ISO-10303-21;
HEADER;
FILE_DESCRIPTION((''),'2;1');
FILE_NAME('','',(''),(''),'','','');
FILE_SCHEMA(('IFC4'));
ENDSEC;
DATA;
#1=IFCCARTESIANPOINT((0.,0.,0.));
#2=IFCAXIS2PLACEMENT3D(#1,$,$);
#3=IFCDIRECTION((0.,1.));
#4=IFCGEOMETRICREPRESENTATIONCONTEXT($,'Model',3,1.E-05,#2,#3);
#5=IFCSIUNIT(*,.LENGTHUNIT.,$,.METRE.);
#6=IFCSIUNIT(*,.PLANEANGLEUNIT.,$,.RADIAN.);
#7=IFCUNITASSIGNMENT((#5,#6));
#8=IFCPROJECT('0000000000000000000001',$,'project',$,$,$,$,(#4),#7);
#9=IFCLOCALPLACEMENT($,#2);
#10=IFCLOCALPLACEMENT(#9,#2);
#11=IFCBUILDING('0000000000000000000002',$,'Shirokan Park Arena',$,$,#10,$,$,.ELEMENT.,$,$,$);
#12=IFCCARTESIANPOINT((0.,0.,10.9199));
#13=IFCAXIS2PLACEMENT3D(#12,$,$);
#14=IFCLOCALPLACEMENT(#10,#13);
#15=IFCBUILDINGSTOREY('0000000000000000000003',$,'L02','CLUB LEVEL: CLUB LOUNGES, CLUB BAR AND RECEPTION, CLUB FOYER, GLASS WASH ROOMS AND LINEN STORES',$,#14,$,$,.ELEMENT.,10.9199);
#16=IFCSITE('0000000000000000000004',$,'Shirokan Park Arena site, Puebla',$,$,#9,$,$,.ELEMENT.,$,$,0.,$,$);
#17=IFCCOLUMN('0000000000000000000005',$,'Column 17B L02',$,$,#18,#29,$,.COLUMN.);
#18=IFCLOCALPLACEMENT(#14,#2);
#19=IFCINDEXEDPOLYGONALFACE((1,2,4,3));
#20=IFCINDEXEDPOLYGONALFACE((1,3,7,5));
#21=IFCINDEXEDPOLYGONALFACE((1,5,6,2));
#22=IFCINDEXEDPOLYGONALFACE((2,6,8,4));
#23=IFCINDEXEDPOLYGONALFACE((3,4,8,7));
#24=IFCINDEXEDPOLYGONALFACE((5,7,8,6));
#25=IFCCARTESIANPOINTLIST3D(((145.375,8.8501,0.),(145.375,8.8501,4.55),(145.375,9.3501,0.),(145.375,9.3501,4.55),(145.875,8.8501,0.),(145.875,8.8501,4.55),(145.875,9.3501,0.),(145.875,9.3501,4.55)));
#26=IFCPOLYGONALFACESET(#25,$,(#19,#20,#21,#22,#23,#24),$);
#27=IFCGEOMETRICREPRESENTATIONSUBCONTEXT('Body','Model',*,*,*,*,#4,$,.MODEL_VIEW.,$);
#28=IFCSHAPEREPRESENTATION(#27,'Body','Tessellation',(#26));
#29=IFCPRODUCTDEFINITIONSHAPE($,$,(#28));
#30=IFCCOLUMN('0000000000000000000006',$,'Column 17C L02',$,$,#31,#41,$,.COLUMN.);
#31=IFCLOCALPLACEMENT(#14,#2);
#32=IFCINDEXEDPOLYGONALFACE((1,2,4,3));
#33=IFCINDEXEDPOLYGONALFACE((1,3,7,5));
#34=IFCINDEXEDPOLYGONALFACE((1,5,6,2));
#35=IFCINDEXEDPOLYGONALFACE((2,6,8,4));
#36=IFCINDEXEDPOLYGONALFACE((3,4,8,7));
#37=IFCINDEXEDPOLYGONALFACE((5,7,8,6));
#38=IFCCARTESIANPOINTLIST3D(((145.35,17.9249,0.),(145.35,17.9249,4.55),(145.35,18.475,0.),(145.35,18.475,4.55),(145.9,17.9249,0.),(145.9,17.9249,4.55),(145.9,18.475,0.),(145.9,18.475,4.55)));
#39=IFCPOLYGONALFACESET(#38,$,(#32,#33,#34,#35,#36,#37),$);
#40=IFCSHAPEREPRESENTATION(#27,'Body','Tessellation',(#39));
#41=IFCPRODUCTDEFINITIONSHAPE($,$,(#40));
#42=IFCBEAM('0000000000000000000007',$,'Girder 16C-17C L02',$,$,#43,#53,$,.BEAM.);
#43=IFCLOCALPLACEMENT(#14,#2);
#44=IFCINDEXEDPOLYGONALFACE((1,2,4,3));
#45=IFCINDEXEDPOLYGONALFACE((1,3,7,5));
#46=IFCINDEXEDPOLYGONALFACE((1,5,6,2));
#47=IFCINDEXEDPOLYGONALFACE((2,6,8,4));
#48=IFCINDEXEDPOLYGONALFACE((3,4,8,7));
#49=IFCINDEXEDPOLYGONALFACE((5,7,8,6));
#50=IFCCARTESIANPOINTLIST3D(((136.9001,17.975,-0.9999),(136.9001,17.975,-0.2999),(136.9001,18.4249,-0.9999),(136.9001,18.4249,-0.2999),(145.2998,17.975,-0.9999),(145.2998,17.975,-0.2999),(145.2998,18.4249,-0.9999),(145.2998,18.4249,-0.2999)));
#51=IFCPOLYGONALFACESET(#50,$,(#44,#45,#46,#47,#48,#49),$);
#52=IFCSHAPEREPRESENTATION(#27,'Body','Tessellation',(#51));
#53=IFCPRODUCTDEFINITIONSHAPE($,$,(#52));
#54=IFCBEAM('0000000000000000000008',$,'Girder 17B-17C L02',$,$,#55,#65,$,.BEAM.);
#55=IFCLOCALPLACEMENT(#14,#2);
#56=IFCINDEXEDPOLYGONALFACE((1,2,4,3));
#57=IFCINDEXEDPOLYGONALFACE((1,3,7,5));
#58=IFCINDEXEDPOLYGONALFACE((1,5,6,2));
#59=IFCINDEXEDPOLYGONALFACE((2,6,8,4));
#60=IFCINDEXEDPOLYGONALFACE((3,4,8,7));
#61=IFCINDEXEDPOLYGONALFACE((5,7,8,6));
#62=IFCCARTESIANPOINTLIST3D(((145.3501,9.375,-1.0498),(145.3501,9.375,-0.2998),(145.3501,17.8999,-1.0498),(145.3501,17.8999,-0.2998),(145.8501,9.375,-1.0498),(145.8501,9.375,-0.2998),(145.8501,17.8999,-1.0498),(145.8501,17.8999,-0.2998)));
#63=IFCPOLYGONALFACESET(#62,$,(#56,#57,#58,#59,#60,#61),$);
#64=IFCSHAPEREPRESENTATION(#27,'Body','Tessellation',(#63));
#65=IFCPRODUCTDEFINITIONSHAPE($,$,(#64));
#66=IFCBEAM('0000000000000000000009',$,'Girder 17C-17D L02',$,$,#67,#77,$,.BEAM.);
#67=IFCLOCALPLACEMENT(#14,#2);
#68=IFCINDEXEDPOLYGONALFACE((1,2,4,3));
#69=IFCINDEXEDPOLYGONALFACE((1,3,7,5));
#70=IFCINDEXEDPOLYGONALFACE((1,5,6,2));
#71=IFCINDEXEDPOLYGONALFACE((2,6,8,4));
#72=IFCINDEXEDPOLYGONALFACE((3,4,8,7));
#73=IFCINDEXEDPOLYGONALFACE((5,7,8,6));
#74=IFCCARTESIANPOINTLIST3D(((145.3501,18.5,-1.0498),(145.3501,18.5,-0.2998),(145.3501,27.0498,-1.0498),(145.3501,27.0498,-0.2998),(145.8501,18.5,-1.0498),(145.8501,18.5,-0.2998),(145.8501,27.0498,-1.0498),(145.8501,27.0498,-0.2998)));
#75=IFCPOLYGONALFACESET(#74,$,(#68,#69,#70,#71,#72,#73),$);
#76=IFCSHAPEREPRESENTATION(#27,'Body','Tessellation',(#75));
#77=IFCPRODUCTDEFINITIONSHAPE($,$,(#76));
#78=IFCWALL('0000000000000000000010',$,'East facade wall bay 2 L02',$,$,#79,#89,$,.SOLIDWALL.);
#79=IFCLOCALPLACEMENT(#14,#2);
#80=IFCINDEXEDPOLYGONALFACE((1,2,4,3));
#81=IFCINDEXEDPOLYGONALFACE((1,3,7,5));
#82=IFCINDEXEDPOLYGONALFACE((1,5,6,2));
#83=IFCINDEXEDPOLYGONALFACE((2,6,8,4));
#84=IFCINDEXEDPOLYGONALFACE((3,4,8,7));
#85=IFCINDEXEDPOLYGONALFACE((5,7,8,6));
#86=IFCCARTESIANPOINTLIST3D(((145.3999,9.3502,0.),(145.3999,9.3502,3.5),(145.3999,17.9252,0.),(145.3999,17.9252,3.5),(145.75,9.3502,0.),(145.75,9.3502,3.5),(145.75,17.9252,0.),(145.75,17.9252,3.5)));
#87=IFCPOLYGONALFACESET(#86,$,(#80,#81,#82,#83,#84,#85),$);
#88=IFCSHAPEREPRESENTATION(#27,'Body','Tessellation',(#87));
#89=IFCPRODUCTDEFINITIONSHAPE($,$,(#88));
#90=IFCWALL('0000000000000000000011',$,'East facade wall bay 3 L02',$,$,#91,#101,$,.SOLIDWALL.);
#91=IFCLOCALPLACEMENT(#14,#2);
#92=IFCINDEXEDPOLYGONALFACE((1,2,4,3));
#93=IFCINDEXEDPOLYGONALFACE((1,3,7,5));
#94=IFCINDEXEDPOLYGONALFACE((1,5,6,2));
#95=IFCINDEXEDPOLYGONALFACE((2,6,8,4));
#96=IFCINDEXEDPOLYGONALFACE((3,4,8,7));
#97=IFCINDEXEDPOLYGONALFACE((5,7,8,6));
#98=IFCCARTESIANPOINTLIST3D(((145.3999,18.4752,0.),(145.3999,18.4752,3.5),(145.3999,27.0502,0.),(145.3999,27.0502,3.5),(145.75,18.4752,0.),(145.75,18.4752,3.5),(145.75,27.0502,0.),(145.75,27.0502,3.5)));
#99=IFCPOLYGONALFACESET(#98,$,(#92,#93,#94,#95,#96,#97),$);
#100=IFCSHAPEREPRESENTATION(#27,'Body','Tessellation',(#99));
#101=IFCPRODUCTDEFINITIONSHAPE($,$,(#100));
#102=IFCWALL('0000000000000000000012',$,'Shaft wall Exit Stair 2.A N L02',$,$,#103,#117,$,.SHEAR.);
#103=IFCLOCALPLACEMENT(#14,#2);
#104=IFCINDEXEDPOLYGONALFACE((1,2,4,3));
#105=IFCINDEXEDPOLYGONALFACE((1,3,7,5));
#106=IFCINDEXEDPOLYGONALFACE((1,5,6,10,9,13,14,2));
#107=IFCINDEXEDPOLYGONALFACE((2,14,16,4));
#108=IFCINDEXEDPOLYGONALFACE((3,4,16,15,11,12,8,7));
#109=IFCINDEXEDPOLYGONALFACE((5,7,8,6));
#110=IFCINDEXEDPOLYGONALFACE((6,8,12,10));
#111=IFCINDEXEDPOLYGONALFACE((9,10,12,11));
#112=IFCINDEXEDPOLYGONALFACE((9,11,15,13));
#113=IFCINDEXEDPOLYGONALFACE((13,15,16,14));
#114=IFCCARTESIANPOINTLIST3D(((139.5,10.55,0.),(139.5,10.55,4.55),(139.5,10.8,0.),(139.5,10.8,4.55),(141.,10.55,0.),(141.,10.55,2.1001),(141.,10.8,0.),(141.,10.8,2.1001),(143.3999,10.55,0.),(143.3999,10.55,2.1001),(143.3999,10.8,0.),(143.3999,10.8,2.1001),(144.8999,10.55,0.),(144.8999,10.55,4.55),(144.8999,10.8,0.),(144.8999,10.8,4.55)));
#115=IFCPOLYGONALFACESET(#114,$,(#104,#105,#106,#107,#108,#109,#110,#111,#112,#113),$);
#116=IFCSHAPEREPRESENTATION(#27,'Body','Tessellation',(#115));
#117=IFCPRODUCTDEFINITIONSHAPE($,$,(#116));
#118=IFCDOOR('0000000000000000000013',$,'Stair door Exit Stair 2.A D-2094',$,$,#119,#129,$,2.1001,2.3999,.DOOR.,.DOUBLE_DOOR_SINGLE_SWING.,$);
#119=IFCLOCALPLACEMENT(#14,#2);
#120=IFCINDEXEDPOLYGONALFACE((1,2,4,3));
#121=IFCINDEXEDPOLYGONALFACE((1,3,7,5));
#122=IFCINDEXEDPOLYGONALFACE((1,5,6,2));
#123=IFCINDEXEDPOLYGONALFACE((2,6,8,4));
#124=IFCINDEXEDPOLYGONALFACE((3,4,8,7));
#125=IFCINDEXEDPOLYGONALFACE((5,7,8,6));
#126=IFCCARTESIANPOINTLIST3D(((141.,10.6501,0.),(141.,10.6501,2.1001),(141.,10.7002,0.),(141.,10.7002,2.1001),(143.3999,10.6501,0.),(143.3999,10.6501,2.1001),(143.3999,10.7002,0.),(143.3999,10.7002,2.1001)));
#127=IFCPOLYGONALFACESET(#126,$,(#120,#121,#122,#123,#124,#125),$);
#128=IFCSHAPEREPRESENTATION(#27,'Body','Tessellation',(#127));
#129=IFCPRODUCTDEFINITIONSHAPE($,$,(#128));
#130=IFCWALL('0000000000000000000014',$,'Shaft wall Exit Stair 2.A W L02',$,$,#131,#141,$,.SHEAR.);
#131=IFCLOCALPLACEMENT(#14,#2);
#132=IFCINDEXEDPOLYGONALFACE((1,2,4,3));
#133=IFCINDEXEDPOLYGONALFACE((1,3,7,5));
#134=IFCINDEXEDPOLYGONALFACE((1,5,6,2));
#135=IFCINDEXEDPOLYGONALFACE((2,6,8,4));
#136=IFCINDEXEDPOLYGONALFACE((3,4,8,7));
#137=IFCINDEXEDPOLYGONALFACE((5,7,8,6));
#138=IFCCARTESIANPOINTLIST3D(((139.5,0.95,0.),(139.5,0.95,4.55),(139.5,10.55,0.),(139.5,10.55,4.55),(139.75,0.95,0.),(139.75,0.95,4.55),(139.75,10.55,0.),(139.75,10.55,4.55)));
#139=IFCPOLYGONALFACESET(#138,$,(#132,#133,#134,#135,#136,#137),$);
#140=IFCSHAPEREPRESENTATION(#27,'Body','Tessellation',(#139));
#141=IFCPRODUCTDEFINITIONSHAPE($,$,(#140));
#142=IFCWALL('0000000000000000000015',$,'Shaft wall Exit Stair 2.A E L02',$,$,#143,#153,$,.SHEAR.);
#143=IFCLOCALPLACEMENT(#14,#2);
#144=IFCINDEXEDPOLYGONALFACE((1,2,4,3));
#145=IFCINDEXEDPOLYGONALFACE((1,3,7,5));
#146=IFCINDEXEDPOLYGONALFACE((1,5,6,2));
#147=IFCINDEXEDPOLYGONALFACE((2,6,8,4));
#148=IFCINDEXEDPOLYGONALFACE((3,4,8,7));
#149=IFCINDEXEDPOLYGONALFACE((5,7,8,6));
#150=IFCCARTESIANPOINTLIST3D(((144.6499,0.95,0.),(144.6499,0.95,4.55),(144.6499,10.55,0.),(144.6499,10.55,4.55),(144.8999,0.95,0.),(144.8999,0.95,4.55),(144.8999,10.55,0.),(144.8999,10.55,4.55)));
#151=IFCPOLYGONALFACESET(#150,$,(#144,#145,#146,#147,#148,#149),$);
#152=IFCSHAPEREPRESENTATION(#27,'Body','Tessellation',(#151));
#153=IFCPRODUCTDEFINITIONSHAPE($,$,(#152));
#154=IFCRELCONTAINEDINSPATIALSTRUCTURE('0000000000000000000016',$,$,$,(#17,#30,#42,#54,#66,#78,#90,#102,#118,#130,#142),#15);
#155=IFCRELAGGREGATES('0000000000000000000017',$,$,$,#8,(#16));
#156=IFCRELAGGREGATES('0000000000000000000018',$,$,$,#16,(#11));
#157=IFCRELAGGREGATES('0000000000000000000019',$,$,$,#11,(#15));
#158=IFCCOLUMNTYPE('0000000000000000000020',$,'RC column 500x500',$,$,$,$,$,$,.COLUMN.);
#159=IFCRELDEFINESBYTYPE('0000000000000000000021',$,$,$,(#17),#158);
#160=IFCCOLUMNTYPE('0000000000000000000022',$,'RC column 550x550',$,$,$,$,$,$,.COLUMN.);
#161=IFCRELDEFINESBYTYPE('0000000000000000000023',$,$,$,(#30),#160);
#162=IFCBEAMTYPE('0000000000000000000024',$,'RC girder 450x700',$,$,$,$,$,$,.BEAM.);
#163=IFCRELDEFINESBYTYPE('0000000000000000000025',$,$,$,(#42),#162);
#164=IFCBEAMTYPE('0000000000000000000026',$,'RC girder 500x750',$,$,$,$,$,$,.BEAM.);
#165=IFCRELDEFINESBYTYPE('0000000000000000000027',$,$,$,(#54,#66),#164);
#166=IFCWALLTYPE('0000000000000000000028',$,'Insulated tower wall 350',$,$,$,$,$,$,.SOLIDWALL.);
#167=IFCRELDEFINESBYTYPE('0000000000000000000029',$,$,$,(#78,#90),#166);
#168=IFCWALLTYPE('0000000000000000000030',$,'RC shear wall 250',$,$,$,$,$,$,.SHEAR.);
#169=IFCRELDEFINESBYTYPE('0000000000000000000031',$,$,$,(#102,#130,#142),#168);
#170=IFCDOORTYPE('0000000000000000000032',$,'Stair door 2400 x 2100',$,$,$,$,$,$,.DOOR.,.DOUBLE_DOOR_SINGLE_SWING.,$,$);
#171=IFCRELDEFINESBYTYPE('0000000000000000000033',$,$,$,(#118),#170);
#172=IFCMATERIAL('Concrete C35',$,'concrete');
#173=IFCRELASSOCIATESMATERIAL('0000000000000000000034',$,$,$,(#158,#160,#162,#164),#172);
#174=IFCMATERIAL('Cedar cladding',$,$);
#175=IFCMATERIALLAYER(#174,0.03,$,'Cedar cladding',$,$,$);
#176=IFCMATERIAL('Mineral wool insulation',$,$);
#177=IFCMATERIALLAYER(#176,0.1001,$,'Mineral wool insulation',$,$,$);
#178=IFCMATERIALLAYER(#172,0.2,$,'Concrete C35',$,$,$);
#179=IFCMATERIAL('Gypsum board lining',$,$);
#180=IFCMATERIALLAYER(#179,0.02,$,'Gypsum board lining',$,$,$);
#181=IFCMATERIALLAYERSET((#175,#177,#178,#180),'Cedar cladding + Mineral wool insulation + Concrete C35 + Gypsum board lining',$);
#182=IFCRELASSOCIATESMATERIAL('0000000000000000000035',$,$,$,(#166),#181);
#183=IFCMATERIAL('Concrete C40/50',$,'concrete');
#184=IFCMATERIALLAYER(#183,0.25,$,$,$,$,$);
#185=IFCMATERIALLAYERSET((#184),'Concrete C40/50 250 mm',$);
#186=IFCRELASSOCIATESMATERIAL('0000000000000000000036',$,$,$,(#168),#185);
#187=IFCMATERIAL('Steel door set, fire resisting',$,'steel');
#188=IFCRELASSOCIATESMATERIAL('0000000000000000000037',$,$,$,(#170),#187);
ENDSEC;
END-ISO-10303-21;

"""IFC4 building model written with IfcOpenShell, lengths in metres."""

from ifc_helpers import new_model, si_unit, direction, frame, frame_2d, origin, origin_2d, place, context, subcontext, project, spatial, rectangle, extrude, material, layer, layer_set, material_profile, profile_set, type_object, element, fill, save


model = new_model("IFC4")

# Units and contexts
model_context = context("Model", 3, precision=1e-05, world=origin(), true_north=direction((0.0, 1.0)))
body_context = subcontext(model_context, "Body", "Model", "MODEL_VIEW")
ifc_project = project(units=[si_unit("LENGTHUNIT", "METRE"), si_unit("PLANEANGLEUNIT", "RADIAN")], contexts=[model_context])

# Site, building, storey
site_placement = place(None, origin())
site = spatial("IfcSite", under=ifc_project, at=site_placement, Name="Shirokan Park Arena site, Puebla", CompositionType="ELEMENT", RefElevation=0.0)
building_placement = place(site_placement, origin())
building = spatial("IfcBuilding", under=site, at=building_placement, Name="Shirokan Park Arena", CompositionType="ELEMENT")
storey_placement = place(building_placement, frame((0.0, 0.0, 10.9199)))
storey = spatial("IfcBuildingStorey", under=building, at=storey_placement, Name="L02", Description="CLUB LEVEL: CLUB LOUNGES, CLUB BAR AND RECEPTION, CLUB FOYER, GLASS WASH ROOMS AND LINEN STORES", CompositionType="ELEMENT", Elevation=10.9199)

# Columns
ifc_material_1 = material(Name="Concrete C35", Category="concrete")
ifc_material_profile_1 = material_profile(ifc_material_1, rectangle(XDim=0.5, YDim=0.5, at=origin_2d()), Name="500x500")
ifc_profile_set_1 = profile_set([ifc_material_profile_1], Name="Concrete C35")
column_type_1 = type_object("IfcColumnType", Name="RC column 500x500", PredefinedType="COLUMN", material=ifc_profile_set_1)
column_1_placement = place(storey_placement, frame((145.625, 9.1001, 0.0), z_axis=(0.0, 0.0, 1.0), x_axis=(1.0, 0.0, 0.0)))
element("IfcColumn", 1, at=column_1_placement, inside=storey, type_object=column_type_1, Name="Column 17B L02", PredefinedType="COLUMN", context=body_context, shape_type="SweptSolid", body=[
    extrude(rectangle(XDim=0.5, YDim=0.5, at=origin_2d()), origin(), (0.0, 0.0, 1.0), 4.55),
])
ifc_material_profile_2 = material_profile(ifc_material_1, rectangle(XDim=0.55, YDim=0.55, at=origin_2d()), Name="550x550")
ifc_profile_set_2 = profile_set([ifc_material_profile_2], Name="Concrete C35")
column_type_2 = type_object("IfcColumnType", Name="RC column 550x550", PredefinedType="COLUMN", material=ifc_profile_set_2)
column_2_placement = place(storey_placement, frame((145.625, 18.2, 0.0), z_axis=(0.0, 0.0, 1.0), x_axis=(1.0, 0.0, 0.0)))
element("IfcColumn", 2, at=column_2_placement, inside=storey, type_object=column_type_2, Name="Column 17C L02", PredefinedType="COLUMN", context=body_context, shape_type="SweptSolid", body=[
    extrude(rectangle(XDim=0.55, YDim=0.55, at=origin_2d()), origin(), (0.0, 0.0, 1.0), 4.55),
])

# Beams
ifc_material_profile_3 = material_profile(ifc_material_1, rectangle(XDim=0.45, YDim=0.7, at=origin_2d()), Name="450x700")
ifc_profile_set_3 = profile_set([ifc_material_profile_3], Name="Concrete C35")
beam_type_1 = type_object("IfcBeamType", Name="RC girder 450x700", PredefinedType="BEAM", material=ifc_profile_set_3)
beam_1_placement = place(storey_placement, frame((136.9001, 18.2, -0.6499), z_axis=(1.0, 0.0, 0.0), x_axis=(0.0, 1.0, 0.0)))
element("IfcBeam", 3, at=beam_1_placement, inside=storey, type_object=beam_type_1, Name="Girder 16C-17C L02", PredefinedType="BEAM", context=body_context, shape_type="SweptSolid", body=[
    extrude(rectangle(XDim=0.45, YDim=0.7, at=origin_2d()), origin(), (0.0, 0.0, 1.0), 8.3997),
])
ifc_material_profile_4 = material_profile(ifc_material_1, rectangle(XDim=0.5, YDim=0.75, at=origin_2d()), Name="500x750")
ifc_profile_set_4 = profile_set([ifc_material_profile_4], Name="Concrete C35")
beam_type_2 = type_object("IfcBeamType", Name="RC girder 500x750", PredefinedType="BEAM", material=ifc_profile_set_4)
beam_2_placement = place(storey_placement, frame((145.6001, 9.375, -0.6748), z_axis=(0.0, 1.0, 0.0), x_axis=(-1.0, 0.0, 0.0)))
element("IfcBeam", 4, at=beam_2_placement, inside=storey, type_object=beam_type_2, Name="Girder 17B-17C L02", PredefinedType="BEAM", context=body_context, shape_type="SweptSolid", body=[
    extrude(rectangle(XDim=0.5, YDim=0.75, at=origin_2d()), origin(), (0.0, 0.0, 1.0), 8.5249),
])
beam_3_placement = place(storey_placement, frame((145.6001, 18.5, -0.6748), z_axis=(0.0, 1.0, 0.0), x_axis=(-1.0, 0.0, 0.0)))
element("IfcBeam", 5, at=beam_3_placement, inside=storey, type_object=beam_type_2, Name="Girder 17C-17D L02", PredefinedType="BEAM", context=body_context, shape_type="SweptSolid", body=[
    extrude(rectangle(XDim=0.5, YDim=0.75, at=origin_2d()), origin(), (0.0, 0.0, 1.0), 8.5498),
])

# Walls
ifc_material_2 = material(Name="Cedar cladding")
ifc_layer_1 = layer(ifc_material_2, 0.03, Name="Cedar cladding")
ifc_material_3 = material(Name="Mineral wool insulation")
ifc_layer_2 = layer(ifc_material_3, 0.1001, Name="Mineral wool insulation")
ifc_layer_3 = layer(ifc_material_1, 0.2, Name="Concrete C35")
ifc_material_4 = material(Name="Gypsum board lining")
ifc_layer_4 = layer(ifc_material_4, 0.02, Name="Gypsum board lining")
ifc_layer_set_1 = layer_set([ifc_layer_1, ifc_layer_2, ifc_layer_3, ifc_layer_4], Name="Cedar cladding + Mineral wool insulation + Concrete C35 + Gypsum board lining")
wall_type_1 = type_object("IfcWallType", Name="Insulated tower wall 350", PredefinedType="SOLIDWALL", material=ifc_layer_set_1)
for number, where, z_axis, x_axis, name in (
    (6, (145.575, 9.3501, 0.0), (0.0, 0.0, 1.0), (0.0, 1.0, 0.0), "East facade wall bay 2 L02"),
    (7, (145.575, 18.4751, 0.0), (0.0, 0.0, 1.0), (0.0, 1.0, 0.0), "East facade wall bay 3 L02"),
):
    element("IfcWall", number, at=place(storey_placement, frame(where, z_axis=z_axis, x_axis=x_axis)), inside=storey, type_object=wall_type_1, Name=name, PredefinedType="SOLIDWALL", context=body_context, shape_type="SweptSolid", body=[
        extrude(rectangle(XDim=8.575, YDim=0.3501, at=frame_2d((4.2876, 0.0))), origin(), (0.0, 0.0, 1.0), 3.5),
    ])

# Wall, opening, door
ifc_material_5 = material(Name="Concrete C40/50", Category="concrete")
ifc_layer_5 = layer(ifc_material_5, 0.25)
ifc_layer_set_2 = layer_set([ifc_layer_5], Name="Concrete C40/50 250 mm")
wall_type_2 = type_object("IfcWallType", Name="RC shear wall 250", PredefinedType="SHEAR", material=ifc_layer_set_2)
wall_1_placement = place(storey_placement, frame((144.8999, 10.675, 0.0), z_axis=(0.0, 0.0, 1.0), x_axis=(-1.0, 0.0, 0.0)))
wall_1 = element("IfcWall", 8, at=wall_1_placement, inside=storey, type_object=wall_type_2, Name="Shaft wall Exit Stair 2.A N L02", PredefinedType="SHEAR", context=body_context, shape_type="SweptSolid", body=[
    extrude(rectangle(XDim=5.3999, YDim=0.25, at=frame_2d((2.7, 0.0))), origin(), (0.0, 0.0, 1.0), 4.55),
])
opening_1_placement = place(wall_1_placement, frame((1.5, 0.0, 0.0)))
opening_1 = element("IfcOpeningElement", 9, at=opening_1_placement, cuts=wall_1, PredefinedType="OPENING", context=body_context, shape_type="SweptSolid", body=[
    extrude(rectangle(XDim=2.3999, YDim=2.1001, at=frame_2d((1.2, 1.05))), frame((0.0, 0.135, 0.0), z_axis=(0.0, -1.0, 0.0), x_axis=(1.0, 0.0, 0.0)), (0.0, 0.0, 1.0), 0.27),
])
ifc_material_6 = material(Name="Steel door set, fire resisting", Category="steel")
door_type_1 = type_object("IfcDoorType", Name="Stair door 2400 x 2100", OperationType="DOUBLE_DOOR_SINGLE_SWING", PredefinedType="DOOR", material=ifc_material_6)
door_1_placement = place(opening_1_placement, origin())
door_1 = element("IfcDoor", 10, at=door_1_placement, inside=storey, type_object=door_type_1, Name="Stair door Exit Stair 2.A D-2094", OperationType="DOUBLE_DOOR_SINGLE_SWING", OverallHeight=2.1001, OverallWidth=2.3999, PredefinedType="DOOR", context=body_context, shape_type="SweptSolid", body=[
    extrude(rectangle(XDim=2.3999, YDim=2.1001, at=frame_2d((1.2, 1.05))), frame((0.0, 0.0249, 0.0), z_axis=(0.0, -1.0, 0.0), x_axis=(1.0, 0.0, 0.0)), (0.0, 0.0, 1.0), 0.05),
])
fill(opening_1, door_1)

# Walls
for number, where, z_axis, x_axis, name in (
    (11, (139.625, 10.55, 0.0), (0.0, 0.0, 1.0), (0.0, -1.0, 0.0), "Shaft wall Exit Stair 2.A W L02"),
    (12, (144.7749, 10.55, 0.0), (0.0, 0.0, 1.0), (0.0, -1.0, 0.0), "Shaft wall Exit Stair 2.A E L02"),
):
    element("IfcWall", number, at=place(storey_placement, frame(where, z_axis=z_axis, x_axis=x_axis)), inside=storey, type_object=wall_type_2, Name=name, PredefinedType="SHEAR", context=body_context, shape_type="SweptSolid", body=[
        extrude(rectangle(XDim=9.6001, YDim=0.25, at=frame_2d((4.8, 0.0))), origin(), (0.0, 0.0, 1.0), 4.55),
    ])

save(model, "model.ifc")
